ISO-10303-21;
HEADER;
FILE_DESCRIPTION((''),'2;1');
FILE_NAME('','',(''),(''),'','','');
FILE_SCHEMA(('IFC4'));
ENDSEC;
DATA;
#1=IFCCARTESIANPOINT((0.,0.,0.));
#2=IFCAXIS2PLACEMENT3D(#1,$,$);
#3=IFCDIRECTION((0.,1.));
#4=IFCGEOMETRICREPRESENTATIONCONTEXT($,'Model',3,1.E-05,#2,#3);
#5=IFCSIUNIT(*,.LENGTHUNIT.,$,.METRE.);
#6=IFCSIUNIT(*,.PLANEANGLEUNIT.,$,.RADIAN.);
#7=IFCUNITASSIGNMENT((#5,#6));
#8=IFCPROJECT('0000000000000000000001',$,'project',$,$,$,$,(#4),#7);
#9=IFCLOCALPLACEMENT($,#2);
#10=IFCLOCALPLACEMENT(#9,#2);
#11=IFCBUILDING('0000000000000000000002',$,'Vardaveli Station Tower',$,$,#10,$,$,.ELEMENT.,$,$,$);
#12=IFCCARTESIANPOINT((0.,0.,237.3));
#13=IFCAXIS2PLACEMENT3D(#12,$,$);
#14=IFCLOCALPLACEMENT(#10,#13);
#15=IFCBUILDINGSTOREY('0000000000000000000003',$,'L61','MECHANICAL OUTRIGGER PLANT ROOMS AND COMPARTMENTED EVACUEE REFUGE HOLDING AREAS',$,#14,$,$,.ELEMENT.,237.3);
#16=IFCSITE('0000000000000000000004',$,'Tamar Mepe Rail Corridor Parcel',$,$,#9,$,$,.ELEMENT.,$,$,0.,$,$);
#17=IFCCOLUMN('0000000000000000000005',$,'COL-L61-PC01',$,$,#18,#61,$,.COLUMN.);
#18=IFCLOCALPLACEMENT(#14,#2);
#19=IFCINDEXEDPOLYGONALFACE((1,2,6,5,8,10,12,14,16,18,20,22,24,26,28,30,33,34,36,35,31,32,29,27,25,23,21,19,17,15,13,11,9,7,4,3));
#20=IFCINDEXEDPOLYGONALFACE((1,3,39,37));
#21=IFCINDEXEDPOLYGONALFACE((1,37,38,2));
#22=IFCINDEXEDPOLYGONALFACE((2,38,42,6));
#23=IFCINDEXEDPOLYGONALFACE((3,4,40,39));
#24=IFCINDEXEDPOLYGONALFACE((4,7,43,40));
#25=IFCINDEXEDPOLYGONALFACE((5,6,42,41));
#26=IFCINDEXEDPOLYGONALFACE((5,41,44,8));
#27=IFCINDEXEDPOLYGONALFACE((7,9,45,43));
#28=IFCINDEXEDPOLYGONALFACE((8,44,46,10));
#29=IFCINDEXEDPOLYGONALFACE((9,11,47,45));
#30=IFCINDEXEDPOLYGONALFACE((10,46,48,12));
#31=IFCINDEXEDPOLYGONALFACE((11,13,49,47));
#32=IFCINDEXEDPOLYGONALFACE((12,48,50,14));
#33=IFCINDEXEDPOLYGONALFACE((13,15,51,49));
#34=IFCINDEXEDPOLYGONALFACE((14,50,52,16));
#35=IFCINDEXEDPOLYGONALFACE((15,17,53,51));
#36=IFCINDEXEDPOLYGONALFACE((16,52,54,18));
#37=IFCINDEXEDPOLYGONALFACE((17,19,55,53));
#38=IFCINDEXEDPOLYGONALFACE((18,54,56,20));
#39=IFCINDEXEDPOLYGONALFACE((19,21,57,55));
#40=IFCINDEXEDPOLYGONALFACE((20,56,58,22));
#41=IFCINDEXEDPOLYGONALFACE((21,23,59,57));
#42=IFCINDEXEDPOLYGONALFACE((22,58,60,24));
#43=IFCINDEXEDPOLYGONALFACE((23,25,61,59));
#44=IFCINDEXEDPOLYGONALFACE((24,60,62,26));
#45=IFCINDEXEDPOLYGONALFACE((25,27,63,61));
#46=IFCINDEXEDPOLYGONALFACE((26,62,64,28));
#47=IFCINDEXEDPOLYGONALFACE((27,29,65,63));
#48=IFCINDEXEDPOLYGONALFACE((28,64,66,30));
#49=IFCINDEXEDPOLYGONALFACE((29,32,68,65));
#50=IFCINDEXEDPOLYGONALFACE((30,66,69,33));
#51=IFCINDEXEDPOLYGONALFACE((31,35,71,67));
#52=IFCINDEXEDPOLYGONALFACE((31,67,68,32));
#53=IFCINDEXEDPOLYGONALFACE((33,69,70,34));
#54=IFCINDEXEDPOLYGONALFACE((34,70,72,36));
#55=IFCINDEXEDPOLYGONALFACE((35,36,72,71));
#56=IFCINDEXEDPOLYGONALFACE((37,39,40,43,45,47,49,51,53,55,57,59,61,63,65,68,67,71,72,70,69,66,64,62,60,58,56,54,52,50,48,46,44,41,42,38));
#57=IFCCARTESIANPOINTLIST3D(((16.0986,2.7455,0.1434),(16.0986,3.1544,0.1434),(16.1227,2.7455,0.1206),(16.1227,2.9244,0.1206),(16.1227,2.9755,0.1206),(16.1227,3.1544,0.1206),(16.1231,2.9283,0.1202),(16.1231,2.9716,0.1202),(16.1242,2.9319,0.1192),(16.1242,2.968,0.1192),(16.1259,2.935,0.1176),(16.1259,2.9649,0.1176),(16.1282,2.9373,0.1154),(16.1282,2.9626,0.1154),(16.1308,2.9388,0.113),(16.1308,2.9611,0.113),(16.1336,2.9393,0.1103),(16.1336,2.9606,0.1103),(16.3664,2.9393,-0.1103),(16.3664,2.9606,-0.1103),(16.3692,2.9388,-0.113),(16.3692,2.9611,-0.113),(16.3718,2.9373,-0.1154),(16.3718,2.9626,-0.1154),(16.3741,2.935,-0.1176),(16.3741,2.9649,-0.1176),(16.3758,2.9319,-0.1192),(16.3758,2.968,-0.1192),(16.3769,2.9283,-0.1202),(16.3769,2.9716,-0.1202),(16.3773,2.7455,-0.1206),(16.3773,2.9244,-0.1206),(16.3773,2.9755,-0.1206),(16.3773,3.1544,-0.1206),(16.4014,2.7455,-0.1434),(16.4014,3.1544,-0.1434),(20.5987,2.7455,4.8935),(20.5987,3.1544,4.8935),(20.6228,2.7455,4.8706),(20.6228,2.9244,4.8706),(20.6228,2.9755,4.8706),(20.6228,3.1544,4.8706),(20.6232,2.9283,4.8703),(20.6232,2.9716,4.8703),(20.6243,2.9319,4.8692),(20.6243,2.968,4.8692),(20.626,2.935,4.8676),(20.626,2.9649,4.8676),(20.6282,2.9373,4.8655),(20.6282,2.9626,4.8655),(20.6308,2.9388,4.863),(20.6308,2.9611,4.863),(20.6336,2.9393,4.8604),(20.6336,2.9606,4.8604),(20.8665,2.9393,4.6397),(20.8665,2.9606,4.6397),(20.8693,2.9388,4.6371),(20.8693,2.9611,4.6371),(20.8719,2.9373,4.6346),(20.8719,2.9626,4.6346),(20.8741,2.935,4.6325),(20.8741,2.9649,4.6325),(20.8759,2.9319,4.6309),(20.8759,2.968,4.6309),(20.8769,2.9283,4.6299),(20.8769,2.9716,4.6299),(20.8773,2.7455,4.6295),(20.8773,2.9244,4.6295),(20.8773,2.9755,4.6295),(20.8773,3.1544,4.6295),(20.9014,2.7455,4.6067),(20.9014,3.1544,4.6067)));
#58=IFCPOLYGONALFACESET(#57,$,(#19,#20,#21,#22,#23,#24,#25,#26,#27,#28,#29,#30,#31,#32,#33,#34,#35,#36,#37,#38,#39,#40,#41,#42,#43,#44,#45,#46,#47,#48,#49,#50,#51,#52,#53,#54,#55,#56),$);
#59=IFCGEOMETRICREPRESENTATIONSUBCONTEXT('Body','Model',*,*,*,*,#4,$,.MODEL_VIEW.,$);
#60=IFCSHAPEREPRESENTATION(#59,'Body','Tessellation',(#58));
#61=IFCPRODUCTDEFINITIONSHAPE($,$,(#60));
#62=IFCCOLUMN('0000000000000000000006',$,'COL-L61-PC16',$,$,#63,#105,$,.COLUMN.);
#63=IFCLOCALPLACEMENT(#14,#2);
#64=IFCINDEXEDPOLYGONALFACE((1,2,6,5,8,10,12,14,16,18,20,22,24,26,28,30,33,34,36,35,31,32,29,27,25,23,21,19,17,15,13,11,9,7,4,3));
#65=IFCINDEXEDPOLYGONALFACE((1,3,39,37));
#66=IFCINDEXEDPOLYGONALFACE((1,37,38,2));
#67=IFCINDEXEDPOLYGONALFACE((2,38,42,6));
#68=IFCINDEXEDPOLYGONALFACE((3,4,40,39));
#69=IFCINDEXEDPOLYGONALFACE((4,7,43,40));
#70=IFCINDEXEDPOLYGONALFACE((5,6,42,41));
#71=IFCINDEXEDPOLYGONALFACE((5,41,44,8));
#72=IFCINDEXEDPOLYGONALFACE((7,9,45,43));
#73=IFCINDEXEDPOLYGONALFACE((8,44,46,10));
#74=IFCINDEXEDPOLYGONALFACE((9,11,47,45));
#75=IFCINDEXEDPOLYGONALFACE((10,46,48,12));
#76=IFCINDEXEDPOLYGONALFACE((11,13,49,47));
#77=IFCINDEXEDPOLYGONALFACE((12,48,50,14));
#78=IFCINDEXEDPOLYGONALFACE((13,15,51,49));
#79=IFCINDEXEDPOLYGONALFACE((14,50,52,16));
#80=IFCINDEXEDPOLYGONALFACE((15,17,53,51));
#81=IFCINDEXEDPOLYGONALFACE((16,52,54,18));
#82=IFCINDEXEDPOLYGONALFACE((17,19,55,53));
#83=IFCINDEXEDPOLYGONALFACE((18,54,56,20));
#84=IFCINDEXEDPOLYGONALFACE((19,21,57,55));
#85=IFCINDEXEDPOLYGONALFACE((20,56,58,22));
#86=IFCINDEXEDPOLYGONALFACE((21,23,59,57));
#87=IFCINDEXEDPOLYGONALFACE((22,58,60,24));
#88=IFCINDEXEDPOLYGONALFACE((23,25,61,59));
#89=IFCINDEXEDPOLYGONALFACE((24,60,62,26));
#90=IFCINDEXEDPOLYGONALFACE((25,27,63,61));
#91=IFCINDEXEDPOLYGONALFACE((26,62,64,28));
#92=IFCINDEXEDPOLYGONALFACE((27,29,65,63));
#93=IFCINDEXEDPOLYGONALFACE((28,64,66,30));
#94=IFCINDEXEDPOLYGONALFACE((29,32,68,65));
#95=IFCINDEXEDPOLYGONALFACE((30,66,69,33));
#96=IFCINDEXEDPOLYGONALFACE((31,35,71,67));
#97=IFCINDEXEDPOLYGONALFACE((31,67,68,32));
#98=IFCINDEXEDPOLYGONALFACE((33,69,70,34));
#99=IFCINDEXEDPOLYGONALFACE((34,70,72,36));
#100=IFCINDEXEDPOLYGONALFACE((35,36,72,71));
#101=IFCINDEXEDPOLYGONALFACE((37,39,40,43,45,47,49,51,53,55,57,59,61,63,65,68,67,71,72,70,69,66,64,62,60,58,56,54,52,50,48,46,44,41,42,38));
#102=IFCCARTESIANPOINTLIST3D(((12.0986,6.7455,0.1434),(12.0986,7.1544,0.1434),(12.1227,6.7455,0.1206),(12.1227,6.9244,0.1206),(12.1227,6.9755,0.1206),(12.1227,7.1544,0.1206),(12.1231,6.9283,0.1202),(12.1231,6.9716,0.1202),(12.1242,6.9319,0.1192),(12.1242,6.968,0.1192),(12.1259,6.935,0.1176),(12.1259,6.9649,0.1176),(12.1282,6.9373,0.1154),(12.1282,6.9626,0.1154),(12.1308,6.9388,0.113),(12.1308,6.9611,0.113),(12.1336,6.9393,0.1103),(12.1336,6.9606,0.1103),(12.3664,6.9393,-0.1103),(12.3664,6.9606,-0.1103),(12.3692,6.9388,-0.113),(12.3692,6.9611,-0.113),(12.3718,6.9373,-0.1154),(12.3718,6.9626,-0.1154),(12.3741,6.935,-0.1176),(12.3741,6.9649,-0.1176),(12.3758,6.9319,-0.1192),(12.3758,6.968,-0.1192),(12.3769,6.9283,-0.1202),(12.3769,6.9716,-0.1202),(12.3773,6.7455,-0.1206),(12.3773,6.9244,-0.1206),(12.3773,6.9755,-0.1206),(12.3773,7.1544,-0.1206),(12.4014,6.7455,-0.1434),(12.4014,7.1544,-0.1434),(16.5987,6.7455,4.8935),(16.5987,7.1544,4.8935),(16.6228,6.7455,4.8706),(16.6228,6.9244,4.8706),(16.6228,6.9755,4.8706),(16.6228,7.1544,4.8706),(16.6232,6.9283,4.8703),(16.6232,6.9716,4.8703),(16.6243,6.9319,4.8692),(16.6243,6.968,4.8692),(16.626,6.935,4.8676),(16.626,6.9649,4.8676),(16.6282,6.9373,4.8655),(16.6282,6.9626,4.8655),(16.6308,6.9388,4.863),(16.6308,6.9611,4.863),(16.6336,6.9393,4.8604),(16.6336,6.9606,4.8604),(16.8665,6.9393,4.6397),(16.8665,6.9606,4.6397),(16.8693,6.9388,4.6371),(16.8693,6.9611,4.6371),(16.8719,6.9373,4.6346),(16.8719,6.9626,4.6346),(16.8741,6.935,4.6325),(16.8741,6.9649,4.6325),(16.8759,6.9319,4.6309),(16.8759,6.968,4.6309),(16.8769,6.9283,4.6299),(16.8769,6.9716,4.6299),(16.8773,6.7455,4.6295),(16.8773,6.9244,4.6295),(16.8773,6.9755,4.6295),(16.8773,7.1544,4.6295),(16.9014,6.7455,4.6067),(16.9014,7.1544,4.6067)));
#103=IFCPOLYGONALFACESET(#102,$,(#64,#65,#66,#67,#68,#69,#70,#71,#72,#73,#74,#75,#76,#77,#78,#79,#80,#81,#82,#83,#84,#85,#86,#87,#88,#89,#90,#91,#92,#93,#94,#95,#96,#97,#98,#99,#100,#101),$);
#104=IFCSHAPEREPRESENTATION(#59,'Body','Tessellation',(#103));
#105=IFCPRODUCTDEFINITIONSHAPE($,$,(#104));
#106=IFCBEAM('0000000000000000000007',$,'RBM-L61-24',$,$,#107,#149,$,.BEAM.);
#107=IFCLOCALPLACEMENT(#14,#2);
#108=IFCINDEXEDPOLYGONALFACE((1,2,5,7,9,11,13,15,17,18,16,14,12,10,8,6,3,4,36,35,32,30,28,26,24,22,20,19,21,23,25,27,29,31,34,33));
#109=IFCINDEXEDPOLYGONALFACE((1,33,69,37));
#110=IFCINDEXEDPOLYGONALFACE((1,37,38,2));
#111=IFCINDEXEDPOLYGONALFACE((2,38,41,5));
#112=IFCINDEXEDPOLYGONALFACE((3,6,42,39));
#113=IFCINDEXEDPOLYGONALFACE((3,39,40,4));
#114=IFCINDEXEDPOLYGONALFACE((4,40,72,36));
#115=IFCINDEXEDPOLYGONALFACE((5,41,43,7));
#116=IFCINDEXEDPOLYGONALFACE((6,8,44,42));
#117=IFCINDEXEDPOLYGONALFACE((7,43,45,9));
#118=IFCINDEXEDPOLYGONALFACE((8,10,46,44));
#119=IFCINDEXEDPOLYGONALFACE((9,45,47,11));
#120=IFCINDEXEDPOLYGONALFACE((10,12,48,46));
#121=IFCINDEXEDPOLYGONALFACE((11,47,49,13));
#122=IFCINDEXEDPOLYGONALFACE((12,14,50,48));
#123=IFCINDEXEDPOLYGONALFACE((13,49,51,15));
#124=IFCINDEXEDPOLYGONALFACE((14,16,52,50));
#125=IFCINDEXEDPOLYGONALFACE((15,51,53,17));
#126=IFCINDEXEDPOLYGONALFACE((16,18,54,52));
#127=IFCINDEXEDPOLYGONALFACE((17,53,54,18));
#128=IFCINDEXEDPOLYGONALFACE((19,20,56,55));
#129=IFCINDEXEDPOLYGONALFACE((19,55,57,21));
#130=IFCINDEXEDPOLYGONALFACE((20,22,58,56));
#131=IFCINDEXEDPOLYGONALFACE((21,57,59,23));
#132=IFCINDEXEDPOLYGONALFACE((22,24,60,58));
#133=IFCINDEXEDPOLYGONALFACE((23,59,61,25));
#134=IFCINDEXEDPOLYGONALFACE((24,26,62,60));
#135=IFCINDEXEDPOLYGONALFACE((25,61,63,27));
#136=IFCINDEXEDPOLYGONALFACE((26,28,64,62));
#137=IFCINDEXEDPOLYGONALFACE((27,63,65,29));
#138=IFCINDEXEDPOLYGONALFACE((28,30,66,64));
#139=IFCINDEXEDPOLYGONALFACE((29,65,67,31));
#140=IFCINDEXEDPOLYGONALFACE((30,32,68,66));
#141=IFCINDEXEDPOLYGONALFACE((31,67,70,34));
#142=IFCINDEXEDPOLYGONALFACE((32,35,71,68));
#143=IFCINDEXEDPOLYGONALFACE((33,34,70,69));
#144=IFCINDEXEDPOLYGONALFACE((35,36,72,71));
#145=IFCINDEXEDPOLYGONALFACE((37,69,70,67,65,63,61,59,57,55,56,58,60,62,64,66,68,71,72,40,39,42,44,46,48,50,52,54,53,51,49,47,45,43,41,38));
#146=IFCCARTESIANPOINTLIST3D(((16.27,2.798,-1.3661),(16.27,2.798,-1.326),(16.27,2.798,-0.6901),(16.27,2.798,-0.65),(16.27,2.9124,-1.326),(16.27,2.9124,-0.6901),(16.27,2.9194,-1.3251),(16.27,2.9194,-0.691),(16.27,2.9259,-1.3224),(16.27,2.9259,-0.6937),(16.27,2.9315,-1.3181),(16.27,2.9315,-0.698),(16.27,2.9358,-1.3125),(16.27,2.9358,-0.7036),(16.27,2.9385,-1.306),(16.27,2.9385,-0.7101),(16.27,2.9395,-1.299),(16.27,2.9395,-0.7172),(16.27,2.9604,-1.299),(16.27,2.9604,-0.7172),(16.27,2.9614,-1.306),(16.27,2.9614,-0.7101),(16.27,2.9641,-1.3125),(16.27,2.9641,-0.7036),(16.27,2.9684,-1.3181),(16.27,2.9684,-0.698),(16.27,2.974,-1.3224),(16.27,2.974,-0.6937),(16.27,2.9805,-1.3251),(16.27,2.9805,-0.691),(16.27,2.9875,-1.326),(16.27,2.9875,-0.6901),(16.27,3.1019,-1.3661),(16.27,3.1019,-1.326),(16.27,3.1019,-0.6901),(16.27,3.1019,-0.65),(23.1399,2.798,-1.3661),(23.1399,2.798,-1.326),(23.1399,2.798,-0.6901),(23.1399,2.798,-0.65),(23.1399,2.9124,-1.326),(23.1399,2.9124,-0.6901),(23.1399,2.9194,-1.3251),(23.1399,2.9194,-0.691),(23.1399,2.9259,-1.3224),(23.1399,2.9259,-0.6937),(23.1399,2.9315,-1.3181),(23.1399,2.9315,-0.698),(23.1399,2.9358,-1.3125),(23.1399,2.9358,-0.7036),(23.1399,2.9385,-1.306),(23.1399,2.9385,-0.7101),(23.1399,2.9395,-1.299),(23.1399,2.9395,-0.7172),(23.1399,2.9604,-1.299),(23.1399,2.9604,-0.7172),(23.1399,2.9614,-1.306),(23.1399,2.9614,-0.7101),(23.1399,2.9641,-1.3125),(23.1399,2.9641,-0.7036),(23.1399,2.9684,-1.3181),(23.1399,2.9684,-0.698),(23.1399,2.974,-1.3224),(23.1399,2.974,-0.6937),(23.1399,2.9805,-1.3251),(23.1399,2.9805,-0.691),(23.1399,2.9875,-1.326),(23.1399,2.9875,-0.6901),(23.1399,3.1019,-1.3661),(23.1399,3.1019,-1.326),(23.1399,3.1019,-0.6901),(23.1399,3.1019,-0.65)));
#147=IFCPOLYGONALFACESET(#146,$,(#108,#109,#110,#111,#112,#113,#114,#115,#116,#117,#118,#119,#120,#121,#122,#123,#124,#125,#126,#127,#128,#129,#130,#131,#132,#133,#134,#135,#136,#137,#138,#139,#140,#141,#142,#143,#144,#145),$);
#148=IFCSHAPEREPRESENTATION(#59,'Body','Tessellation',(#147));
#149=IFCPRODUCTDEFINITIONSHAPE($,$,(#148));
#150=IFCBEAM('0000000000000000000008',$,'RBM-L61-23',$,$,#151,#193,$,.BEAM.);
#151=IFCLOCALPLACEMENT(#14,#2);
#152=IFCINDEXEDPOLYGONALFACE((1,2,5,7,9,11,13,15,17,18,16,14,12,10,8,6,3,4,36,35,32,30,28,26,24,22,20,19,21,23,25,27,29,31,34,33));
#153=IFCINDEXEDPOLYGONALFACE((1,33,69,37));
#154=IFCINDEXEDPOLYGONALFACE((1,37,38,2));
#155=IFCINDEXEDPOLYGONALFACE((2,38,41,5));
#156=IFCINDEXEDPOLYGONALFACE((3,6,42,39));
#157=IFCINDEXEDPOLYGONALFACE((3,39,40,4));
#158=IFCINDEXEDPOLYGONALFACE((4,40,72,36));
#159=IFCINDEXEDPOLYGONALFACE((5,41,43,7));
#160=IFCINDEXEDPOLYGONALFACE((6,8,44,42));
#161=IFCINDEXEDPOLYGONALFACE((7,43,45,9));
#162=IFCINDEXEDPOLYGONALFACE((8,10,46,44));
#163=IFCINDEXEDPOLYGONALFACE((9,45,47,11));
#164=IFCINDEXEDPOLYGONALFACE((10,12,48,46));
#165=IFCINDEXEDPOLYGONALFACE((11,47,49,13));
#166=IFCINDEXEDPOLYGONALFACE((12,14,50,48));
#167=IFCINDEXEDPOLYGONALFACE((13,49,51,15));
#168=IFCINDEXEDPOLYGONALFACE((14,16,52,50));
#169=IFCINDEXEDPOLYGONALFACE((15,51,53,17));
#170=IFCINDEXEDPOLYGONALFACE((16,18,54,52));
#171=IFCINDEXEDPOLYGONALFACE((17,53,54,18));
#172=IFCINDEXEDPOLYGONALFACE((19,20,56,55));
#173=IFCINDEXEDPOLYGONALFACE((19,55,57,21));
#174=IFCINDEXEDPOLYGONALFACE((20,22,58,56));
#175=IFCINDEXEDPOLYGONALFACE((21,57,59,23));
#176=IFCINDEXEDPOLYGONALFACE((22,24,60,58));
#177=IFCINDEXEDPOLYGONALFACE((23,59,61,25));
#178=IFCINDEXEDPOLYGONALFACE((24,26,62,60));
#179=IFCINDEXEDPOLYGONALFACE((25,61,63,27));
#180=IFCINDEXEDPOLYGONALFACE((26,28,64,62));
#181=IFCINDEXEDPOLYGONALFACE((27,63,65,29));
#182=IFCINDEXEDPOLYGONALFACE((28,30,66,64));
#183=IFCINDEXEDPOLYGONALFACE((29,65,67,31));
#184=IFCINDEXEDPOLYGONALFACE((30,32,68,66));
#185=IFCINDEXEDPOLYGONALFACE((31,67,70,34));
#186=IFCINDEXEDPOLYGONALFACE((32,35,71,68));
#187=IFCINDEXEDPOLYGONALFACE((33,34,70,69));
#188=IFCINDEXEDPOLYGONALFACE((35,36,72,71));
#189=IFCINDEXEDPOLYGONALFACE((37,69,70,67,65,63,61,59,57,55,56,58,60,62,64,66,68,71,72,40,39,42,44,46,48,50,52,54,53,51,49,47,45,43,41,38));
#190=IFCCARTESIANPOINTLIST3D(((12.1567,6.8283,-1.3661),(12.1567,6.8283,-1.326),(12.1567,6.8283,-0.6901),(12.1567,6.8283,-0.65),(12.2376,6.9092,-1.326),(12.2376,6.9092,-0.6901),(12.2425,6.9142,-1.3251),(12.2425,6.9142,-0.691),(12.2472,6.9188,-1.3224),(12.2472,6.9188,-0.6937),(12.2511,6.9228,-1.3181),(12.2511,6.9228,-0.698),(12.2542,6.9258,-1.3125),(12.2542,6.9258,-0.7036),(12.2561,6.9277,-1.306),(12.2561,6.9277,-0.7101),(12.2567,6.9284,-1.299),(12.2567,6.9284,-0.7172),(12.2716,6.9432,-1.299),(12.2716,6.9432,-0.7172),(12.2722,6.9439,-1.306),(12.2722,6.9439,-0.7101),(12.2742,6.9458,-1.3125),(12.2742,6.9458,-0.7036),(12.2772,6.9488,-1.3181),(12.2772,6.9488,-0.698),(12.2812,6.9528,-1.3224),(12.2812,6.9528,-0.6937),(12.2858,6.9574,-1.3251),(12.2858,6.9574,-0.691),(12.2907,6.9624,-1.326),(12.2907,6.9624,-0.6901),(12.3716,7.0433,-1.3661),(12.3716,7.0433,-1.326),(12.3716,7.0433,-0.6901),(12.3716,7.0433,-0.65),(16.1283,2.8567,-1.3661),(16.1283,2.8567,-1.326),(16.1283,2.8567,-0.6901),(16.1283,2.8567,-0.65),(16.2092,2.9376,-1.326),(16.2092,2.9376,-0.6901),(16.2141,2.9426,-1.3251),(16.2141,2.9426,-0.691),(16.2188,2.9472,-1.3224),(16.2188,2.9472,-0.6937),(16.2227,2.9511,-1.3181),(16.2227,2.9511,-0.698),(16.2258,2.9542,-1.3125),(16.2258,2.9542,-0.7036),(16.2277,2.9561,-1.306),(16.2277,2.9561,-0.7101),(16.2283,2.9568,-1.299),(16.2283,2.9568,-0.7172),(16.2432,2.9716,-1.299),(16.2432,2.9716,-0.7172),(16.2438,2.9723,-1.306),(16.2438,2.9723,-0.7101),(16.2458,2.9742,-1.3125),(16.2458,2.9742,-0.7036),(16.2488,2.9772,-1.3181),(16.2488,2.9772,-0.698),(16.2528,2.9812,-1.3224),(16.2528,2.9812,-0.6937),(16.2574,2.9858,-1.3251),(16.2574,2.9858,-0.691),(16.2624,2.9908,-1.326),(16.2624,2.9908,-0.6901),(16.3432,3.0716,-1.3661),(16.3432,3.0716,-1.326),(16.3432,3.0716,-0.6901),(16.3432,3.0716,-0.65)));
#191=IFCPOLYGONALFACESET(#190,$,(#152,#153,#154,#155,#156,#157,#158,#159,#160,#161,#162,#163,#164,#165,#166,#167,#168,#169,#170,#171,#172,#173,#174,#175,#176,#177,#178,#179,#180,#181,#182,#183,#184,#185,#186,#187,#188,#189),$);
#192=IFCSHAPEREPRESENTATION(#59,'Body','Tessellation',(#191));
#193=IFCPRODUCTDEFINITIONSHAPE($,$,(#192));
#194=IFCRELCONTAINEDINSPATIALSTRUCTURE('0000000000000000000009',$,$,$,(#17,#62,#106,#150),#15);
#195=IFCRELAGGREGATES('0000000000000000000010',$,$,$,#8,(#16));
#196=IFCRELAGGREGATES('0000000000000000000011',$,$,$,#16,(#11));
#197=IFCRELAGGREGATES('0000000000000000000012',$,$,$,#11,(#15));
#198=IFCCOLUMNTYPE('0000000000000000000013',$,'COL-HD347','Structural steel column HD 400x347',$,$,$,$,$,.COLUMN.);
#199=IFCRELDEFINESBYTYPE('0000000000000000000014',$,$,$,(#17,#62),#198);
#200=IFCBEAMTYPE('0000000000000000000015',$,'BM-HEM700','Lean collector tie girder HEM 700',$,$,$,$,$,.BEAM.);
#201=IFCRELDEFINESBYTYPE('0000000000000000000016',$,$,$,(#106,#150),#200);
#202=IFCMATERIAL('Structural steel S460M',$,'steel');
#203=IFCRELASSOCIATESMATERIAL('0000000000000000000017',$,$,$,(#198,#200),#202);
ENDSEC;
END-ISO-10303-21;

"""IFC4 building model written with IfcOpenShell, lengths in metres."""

from ifc_helpers import new_model, si_unit, direction, frame, origin, origin_2d, place, context, subcontext, project, spatial, i_section, extrude, source, transform, mapped, material, material_profile, profile_set, type_object, element, save


model = new_model("IFC4")

# Units and contexts
model_context = context("Model", 3, precision=1e-05, world=origin(), true_north=direction((0.0, 1.0)))
body_context = subcontext(model_context, "Body", "Model", "MODEL_VIEW")
ifc_project = project(units=[si_unit("LENGTHUNIT", "METRE"), si_unit("PLANEANGLEUNIT", "RADIAN")], contexts=[model_context])

# Site, building, storey
site_placement = place(None, origin())
site = spatial("IfcSite", under=ifc_project, at=site_placement, Name="Tamar Mepe Rail Corridor Parcel", CompositionType="ELEMENT", RefElevation=0.0)
building_placement = place(site_placement, origin())
building = spatial("IfcBuilding", under=site, at=building_placement, Name="Vardaveli Station Tower", CompositionType="ELEMENT")
storey_placement = place(building_placement, frame((0.0, 0.0, 237.3)))
storey = spatial("IfcBuildingStorey", under=building, at=storey_placement, Name="L61", Description="MECHANICAL OUTRIGGER PLANT ROOMS AND COMPARTMENTED EVACUEE REFUGE HOLDING AREAS", CompositionType="ELEMENT", Elevation=237.3)

# Columns
ifc_material_1 = material(Name="Structural steel S460M", Category="steel")
ifc_material_profile_1 = material_profile(ifc_material_1, i_section(OverallWidth=0.4089, OverallDepth=0.417, WebThickness=0.0212, FlangeThickness=0.0332, FilletRadius=0.0149, at=origin_2d()), Name="HD 400x347")
ifc_profile_set_1 = profile_set([ifc_material_profile_1], Name="Structural steel S460M")
column_type = type_object("IfcColumnType", Name="COL-HD347", Description="Structural steel column HD 400x347", PredefinedType="COLUMN", material=ifc_profile_set_1)
shared_shape_1 = source(origin(), body_context, "Body", "SweptSolid", [
    extrude(i_section(OverallWidth=0.4089, OverallDepth=0.417, WebThickness=0.0212, FlangeThickness=0.0332, FilletRadius=0.0149, at=origin_2d()), origin(), (0.0, 0.0, 1.0), 6.5432),
])
for number, where, z_axis, x_axis, name in (
    (1, (16.25, 2.95, 0.0), (0.687745, 0.0, 0.725953), (0.0, 1.0, 0.0), "COL-L61-PC01"),
    (2, (12.25, 6.95, 0.0), (0.687745, 0.0, 0.725953), (0.0, 1.0, 0.0), "COL-L61-PC16"),
):
    element("IfcColumn", number, at=place(storey_placement, frame(where, z_axis=z_axis, x_axis=x_axis)), inside=storey, type_object=column_type, Name=name, PredefinedType="COLUMN", context=body_context, shape_type="MappedRepresentation", body=[
        mapped(shared_shape_1, transform((0.0, 0.0, 0.0), scale=1.0)),
    ])

# Beams
ifc_material_profile_2 = material_profile(ifc_material_1, i_section(OverallWidth=0.304, OverallDepth=0.7161, WebThickness=0.021, FlangeThickness=0.04, FilletRadius=0.0271, at=origin_2d()), Name="HEM 700")
ifc_profile_set_2 = profile_set([ifc_material_profile_2], Name="Structural steel S460M")
beam_type = type_object("IfcBeamType", Name="BM-HEM700", Description="Lean collector tie girder HEM 700", PredefinedType="BEAM", material=ifc_profile_set_2)
shared_shape_2 = source(origin(), body_context, "Body", "SweptSolid", [
    extrude(i_section(OverallWidth=0.304, OverallDepth=0.7161, WebThickness=0.021, FlangeThickness=0.04, FilletRadius=0.0271, at=origin_2d()), origin(), (0.0, 0.0, 1.0), 6.8699),
])
beam_1_placement = place(storey_placement, frame((16.27, 2.95, -1.0081), z_axis=(1.0, 0.0, 0.0), x_axis=(0.0, 1.0, 0.0)))
element("IfcBeam", 3, at=beam_1_placement, inside=storey, type_object=beam_type, Name="RBM-L61-24", PredefinedType="BEAM", context=body_context, shape_type="MappedRepresentation", body=[
    mapped(shared_shape_2, transform((0.0, 0.0, 0.0), scale=1.0)),
])
shared_shape_3 = source(origin(), body_context, "Body", "SweptSolid", [
    extrude(i_section(OverallWidth=0.304, OverallDepth=0.7161, WebThickness=0.021, FlangeThickness=0.04, FilletRadius=0.0271, at=origin_2d()), origin(), (0.0, 0.0, 1.0), 5.6167),
])
beam_2_placement = place(storey_placement, frame((12.2642, 6.9358, -1.0081), z_axis=(0.707107, -0.707107, 0.0), x_axis=(0.707107, 0.707107, 0.0)))
element("IfcBeam", 4, at=beam_2_placement, inside=storey, type_object=beam_type, Name="RBM-L61-23", PredefinedType="BEAM", context=body_context, shape_type="MappedRepresentation", body=[
    mapped(shared_shape_3, transform((0.0, 0.0, 0.0), scale=1.0)),
])

save(model, "model.ifc")
